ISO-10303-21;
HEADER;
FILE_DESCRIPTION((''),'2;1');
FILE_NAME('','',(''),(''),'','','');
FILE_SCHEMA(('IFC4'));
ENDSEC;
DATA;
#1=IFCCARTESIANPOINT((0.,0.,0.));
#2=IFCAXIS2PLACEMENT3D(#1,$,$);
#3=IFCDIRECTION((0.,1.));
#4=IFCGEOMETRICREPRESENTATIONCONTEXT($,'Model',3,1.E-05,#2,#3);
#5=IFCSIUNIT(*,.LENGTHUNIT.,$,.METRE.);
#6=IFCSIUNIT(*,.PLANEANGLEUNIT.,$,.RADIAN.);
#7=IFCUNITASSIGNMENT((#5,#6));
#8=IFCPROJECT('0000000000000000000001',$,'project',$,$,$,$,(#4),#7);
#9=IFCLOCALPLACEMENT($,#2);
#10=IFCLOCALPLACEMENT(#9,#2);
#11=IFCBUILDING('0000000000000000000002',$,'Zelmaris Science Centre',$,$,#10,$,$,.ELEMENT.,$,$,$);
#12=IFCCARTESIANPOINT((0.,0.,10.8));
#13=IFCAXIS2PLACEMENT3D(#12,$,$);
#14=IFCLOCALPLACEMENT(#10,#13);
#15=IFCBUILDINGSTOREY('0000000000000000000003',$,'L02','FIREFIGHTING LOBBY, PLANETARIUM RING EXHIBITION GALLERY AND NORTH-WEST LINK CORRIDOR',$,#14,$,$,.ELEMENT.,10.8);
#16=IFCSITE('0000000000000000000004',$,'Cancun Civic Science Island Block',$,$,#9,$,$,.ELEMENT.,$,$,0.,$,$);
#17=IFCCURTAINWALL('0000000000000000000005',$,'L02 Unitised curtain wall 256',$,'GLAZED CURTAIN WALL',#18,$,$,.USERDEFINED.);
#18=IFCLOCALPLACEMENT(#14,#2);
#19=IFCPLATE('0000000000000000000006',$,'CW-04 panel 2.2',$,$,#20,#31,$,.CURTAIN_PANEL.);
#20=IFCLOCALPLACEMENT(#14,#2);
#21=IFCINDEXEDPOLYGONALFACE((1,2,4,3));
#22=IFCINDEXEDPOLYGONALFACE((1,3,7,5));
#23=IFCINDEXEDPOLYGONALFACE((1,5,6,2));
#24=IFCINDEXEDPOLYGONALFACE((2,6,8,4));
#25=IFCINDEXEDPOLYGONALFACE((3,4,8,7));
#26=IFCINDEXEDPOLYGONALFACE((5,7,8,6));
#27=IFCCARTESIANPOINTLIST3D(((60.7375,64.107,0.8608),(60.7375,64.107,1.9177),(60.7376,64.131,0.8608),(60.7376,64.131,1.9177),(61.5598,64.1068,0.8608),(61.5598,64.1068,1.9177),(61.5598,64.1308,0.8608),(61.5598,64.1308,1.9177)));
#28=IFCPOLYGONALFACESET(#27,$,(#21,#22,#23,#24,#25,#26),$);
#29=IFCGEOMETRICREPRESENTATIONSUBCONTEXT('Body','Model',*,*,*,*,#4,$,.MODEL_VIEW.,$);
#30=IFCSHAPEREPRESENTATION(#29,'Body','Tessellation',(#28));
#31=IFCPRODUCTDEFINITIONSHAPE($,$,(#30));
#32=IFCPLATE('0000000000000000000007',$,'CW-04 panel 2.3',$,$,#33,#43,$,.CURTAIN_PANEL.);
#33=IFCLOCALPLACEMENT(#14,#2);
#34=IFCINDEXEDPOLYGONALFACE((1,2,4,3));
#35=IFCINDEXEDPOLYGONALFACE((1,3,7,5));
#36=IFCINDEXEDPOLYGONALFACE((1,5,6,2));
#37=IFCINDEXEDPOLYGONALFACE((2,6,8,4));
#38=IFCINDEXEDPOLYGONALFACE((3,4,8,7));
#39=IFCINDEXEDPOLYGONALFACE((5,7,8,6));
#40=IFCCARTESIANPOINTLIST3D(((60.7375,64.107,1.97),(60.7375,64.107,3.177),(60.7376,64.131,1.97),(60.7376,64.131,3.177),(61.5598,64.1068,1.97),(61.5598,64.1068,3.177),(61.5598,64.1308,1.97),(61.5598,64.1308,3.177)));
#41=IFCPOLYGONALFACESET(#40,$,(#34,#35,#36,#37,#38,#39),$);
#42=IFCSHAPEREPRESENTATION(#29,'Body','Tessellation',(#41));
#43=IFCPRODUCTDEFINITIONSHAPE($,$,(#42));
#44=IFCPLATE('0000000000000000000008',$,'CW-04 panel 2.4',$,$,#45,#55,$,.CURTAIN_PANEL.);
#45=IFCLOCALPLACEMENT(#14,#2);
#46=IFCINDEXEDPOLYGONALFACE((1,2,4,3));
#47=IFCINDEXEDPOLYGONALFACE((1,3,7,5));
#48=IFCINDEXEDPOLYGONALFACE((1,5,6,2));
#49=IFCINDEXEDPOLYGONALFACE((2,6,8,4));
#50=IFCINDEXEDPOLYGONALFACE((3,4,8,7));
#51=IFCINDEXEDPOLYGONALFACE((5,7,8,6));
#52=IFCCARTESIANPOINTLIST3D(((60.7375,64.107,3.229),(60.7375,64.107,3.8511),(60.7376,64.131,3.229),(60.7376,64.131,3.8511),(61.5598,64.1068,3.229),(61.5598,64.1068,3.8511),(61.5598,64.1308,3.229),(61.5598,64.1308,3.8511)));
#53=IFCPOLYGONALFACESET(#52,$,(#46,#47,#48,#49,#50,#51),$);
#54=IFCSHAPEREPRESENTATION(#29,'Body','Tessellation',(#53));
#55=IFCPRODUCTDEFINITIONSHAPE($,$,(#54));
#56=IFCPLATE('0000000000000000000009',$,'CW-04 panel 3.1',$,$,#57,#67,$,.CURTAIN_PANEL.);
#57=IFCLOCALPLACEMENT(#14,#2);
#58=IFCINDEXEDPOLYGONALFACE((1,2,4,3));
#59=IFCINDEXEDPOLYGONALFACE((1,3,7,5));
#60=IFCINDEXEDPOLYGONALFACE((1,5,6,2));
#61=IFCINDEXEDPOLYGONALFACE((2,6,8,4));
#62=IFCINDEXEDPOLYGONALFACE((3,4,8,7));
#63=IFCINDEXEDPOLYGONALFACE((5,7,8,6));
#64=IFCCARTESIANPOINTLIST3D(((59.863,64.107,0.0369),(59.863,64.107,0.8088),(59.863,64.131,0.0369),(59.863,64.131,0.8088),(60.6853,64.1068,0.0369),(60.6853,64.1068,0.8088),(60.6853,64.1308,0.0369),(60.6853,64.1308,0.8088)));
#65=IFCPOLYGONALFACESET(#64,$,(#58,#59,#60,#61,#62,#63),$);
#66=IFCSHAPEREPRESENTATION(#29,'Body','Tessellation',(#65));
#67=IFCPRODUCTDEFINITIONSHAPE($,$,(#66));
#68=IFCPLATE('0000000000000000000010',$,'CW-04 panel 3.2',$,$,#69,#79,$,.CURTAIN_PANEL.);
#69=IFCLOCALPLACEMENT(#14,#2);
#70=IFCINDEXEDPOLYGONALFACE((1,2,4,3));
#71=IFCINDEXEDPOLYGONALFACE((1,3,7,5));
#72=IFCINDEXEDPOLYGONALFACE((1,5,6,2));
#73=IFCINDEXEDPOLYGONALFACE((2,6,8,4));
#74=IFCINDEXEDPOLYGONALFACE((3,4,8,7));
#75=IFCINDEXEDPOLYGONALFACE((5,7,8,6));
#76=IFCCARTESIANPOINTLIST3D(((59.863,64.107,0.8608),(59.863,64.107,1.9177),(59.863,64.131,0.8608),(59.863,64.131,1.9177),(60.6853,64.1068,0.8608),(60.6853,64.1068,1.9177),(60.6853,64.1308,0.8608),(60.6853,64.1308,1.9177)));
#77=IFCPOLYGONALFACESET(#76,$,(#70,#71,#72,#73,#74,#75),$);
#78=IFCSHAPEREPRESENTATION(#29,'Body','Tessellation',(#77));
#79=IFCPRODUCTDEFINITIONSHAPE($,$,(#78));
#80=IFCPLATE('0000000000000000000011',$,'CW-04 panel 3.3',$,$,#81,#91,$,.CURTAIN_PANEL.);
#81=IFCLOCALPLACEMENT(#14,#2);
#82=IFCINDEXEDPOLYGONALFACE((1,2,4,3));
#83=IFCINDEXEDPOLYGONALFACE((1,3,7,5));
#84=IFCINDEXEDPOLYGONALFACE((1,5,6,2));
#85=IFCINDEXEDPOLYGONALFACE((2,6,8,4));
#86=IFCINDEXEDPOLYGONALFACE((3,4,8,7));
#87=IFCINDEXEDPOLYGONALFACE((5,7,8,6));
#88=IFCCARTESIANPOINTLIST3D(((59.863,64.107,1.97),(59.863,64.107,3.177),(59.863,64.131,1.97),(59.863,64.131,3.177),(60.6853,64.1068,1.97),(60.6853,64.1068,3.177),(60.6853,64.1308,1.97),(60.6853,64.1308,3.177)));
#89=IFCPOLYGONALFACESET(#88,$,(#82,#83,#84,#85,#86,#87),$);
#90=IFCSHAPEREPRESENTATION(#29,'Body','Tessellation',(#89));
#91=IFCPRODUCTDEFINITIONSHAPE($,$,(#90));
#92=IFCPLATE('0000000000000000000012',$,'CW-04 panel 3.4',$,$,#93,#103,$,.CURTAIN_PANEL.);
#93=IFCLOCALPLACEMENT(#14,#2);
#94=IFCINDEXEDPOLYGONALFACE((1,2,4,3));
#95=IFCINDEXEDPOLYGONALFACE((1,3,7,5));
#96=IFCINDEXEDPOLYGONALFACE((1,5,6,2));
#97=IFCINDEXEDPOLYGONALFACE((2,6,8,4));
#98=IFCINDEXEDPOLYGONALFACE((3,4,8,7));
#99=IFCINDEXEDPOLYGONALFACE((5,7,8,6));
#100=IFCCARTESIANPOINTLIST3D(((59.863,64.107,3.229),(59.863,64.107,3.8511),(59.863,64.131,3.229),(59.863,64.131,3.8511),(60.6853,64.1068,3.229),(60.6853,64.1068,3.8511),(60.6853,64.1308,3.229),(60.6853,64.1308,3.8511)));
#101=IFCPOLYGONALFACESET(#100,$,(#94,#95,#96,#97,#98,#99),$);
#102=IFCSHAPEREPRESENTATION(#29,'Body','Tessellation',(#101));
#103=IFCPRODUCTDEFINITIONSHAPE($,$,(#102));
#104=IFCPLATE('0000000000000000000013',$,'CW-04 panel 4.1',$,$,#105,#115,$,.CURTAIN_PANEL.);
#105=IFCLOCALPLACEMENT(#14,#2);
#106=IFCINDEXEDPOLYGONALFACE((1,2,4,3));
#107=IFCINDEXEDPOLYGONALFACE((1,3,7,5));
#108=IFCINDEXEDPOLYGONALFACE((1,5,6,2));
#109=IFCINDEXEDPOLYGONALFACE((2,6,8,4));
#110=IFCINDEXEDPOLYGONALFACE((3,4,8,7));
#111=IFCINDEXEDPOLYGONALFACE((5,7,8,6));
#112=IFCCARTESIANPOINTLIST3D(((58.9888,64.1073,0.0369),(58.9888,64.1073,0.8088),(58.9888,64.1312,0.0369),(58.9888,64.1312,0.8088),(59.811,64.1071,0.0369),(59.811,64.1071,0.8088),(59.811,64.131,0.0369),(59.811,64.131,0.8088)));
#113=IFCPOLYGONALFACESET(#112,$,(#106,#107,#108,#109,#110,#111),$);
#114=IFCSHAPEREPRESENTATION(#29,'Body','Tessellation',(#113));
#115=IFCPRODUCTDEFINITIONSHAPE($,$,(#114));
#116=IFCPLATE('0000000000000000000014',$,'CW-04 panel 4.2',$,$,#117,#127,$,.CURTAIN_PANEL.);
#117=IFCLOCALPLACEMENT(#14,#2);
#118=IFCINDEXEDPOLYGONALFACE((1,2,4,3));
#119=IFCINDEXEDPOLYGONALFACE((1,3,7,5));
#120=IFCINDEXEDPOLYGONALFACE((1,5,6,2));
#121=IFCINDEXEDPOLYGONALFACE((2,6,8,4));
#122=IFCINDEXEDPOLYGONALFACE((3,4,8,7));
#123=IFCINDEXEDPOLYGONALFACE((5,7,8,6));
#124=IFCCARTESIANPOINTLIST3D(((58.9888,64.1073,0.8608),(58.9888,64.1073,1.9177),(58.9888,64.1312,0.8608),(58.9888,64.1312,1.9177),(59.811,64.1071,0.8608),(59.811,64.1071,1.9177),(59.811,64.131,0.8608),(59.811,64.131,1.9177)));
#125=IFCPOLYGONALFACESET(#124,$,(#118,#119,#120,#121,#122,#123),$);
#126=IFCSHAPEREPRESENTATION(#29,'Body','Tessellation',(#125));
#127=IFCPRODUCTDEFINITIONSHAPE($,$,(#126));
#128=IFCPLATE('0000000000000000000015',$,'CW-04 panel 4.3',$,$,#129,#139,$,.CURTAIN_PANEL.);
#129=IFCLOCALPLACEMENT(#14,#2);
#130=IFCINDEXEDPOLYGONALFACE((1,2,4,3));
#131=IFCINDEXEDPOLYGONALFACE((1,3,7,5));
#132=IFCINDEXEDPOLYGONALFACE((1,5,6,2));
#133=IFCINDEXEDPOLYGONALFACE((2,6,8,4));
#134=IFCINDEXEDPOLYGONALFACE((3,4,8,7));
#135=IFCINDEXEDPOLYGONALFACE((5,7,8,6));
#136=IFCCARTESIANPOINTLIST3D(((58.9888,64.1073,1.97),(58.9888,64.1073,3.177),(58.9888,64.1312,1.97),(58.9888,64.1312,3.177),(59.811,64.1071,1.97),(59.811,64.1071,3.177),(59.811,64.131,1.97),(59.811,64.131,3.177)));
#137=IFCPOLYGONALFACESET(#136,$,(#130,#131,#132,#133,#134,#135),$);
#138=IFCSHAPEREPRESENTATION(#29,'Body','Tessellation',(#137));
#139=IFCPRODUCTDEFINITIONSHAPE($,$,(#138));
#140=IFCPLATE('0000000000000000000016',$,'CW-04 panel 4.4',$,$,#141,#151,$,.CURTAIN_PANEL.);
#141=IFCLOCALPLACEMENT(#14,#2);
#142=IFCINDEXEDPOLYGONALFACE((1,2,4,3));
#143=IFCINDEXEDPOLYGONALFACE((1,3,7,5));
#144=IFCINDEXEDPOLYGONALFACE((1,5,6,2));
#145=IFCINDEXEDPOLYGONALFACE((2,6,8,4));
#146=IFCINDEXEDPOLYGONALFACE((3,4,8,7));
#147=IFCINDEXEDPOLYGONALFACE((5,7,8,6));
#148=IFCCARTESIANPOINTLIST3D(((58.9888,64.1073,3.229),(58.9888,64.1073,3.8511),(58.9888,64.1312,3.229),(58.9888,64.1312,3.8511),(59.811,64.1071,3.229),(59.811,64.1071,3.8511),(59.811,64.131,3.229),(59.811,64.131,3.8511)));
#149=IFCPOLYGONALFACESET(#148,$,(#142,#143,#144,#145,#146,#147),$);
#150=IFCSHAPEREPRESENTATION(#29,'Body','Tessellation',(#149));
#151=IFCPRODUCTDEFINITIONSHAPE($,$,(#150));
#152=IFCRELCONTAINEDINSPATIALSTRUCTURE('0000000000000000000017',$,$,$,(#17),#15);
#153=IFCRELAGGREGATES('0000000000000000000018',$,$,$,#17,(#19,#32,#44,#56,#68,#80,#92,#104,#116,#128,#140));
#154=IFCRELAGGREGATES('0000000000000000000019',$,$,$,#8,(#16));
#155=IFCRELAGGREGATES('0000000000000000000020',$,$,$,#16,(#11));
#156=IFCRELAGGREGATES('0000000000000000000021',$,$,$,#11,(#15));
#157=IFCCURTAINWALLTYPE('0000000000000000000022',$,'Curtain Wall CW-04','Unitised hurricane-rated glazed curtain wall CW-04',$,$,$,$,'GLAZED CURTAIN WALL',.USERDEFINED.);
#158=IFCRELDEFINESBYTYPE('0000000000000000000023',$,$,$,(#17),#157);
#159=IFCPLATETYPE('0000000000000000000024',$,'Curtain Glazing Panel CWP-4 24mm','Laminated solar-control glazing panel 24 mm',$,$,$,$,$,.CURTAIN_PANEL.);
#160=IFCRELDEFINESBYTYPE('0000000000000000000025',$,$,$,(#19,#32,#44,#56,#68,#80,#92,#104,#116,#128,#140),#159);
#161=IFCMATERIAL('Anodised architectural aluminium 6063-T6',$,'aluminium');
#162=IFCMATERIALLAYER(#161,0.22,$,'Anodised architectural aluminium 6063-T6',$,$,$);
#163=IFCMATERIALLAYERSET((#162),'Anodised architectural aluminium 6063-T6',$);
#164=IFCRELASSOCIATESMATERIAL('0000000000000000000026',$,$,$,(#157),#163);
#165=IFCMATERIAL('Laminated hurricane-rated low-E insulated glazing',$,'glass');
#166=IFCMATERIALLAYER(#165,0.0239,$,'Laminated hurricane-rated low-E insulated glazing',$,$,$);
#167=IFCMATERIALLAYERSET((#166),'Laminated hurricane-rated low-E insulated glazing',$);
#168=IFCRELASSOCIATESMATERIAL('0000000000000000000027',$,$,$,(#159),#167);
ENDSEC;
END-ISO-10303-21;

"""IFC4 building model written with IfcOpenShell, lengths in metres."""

from ifc_helpers import new_model, si_unit, direction, frame, origin, origin_2d, place, context, subcontext, project, spatial, rectangle, extrude, material, layer, layer_set, type_object, element, aggregate, save


model = new_model("IFC4")

# Units and contexts
model_context = context("Model", 3, precision=1e-05, world=origin(), true_north=direction((0.0, 1.0)))
body_context = subcontext(model_context, "Body", "Model", "MODEL_VIEW")
ifc_project = project(units=[si_unit("LENGTHUNIT", "METRE"), si_unit("PLANEANGLEUNIT", "RADIAN")], contexts=[model_context])

# Site, building, storey
site_placement = place(None, origin())
site = spatial("IfcSite", under=ifc_project, at=site_placement, Name="Cancun Civic Science Island Block", CompositionType="ELEMENT", RefElevation=0.0)
building_placement = place(site_placement, origin())
building = spatial("IfcBuilding", under=site, at=building_placement, Name="Zelmaris Science Centre", CompositionType="ELEMENT")
storey_placement = place(building_placement, frame((0.0, 0.0, 10.8)))
storey = spatial("IfcBuildingStorey", under=building, at=storey_placement, Name="L02", Description="FIREFIGHTING LOBBY, PLANETARIUM RING EXHIBITION GALLERY AND NORTH-WEST LINK CORRIDOR", CompositionType="ELEMENT", Elevation=10.8)

# Curtain wall, plates
ifc_material_1 = material(Name="Anodised architectural aluminium 6063-T6", Category="aluminium")
ifc_layer_1 = layer(ifc_material_1, 0.22, Name="Anodised architectural aluminium 6063-T6")
ifc_layer_set_1 = layer_set([ifc_layer_1], Name="Anodised architectural aluminium 6063-T6")
curtain_wall_type = type_object("IfcCurtainWallType", Name="Curtain Wall CW-04", Description="Unitised hurricane-rated glazed curtain wall CW-04", ElementType="GLAZED CURTAIN WALL", PredefinedType="USERDEFINED", material=ifc_layer_set_1)
curtain_wall_placement = place(storey_placement, origin())
curtain_wall = element("IfcCurtainWall", 1, at=curtain_wall_placement, inside=storey, type_object=curtain_wall_type, Name="L02 Unitised curtain wall 256", ObjectType="GLAZED CURTAIN WALL", PredefinedType="USERDEFINED")
ifc_material_2 = material(Name="Laminated hurricane-rated low-E insulated glazing", Category="glass")
ifc_layer_2 = layer(ifc_material_2, 0.0239, Name="Laminated hurricane-rated low-E insulated glazing")
ifc_layer_set_2 = layer_set([ifc_layer_2], Name="Laminated hurricane-rated low-E insulated glazing")
plate_type = type_object("IfcPlateType", Name="Curtain Glazing Panel CWP-4 24mm", Description="Laminated solar-control glazing panel 24 mm", PredefinedType="CURTAIN_PANEL", material=ifc_layer_set_2)
plate_1_placement = place(storey_placement, frame((61.1487, 64.1189, 0.8608), z_axis=(0.0, 0.0, 1.0), x_axis=(-1.0, 0.000229, 0.0)))
plate_1 = element("IfcPlate", 2, at=plate_1_placement, type_object=plate_type, Name="CW-04 panel 2.2", PredefinedType="CURTAIN_PANEL", context=body_context, shape_type="SweptSolid", body=[
    extrude(rectangle(XDim=0.8223, YDim=0.0239, at=origin_2d()), origin(), (0.0, 0.0, 1.0), 1.0569),
])
plate_2_placement = place(storey_placement, frame((61.1487, 64.1189, 1.97), z_axis=(0.0, 0.0, 1.0), x_axis=(-1.0, 0.000229, 0.0)))
plate_2 = element("IfcPlate", 3, at=plate_2_placement, type_object=plate_type, Name="CW-04 panel 2.3", PredefinedType="CURTAIN_PANEL", context=body_context, shape_type="SweptSolid", body=[
    extrude(rectangle(XDim=0.8223, YDim=0.0239, at=origin_2d()), origin(), (0.0, 0.0, 1.0), 1.207),
])
plate_3_placement = place(storey_placement, frame((61.1487, 64.1189, 3.229), z_axis=(0.0, 0.0, 1.0), x_axis=(-1.0, 0.000229, 0.0)))
plate_3 = element("IfcPlate", 4, at=plate_3_placement, type_object=plate_type, Name="CW-04 panel 2.4", PredefinedType="CURTAIN_PANEL", context=body_context, shape_type="SweptSolid", body=[
    extrude(rectangle(XDim=0.8223, YDim=0.0239, at=origin_2d()), origin(), (0.0, 0.0, 1.0), 0.6221),
])
plate_4_placement = place(storey_placement, frame((60.2742, 64.1189, 0.0369), z_axis=(0.0, 0.0, 1.0), x_axis=(-1.0, 0.000229, 0.0)))
plate_4 = element("IfcPlate", 5, at=plate_4_placement, type_object=plate_type, Name="CW-04 panel 3.1", PredefinedType="CURTAIN_PANEL", context=body_context, shape_type="SweptSolid", body=[
    extrude(rectangle(XDim=0.8223, YDim=0.0239, at=origin_2d()), origin(), (0.0, 0.0, 1.0), 0.772),
])
plate_5_placement = place(storey_placement, frame((60.2742, 64.1189, 0.8608), z_axis=(0.0, 0.0, 1.0), x_axis=(-1.0, 0.000229, 0.0)))
plate_5 = element("IfcPlate", 6, at=plate_5_placement, type_object=plate_type, Name="CW-04 panel 3.2", PredefinedType="CURTAIN_PANEL", context=body_context, shape_type="SweptSolid", body=[
    extrude(rectangle(XDim=0.8223, YDim=0.0239, at=origin_2d()), origin(), (0.0, 0.0, 1.0), 1.0569),
])
plate_6_placement = place(storey_placement, frame((60.2742, 64.1189, 1.97), z_axis=(0.0, 0.0, 1.0), x_axis=(-1.0, 0.000229, 0.0)))
plate_6 = element("IfcPlate", 7, at=plate_6_placement, type_object=plate_type, Name="CW-04 panel 3.3", PredefinedType="CURTAIN_PANEL", context=body_context, shape_type="SweptSolid", body=[
    extrude(rectangle(XDim=0.8223, YDim=0.0239, at=origin_2d()), origin(), (0.0, 0.0, 1.0), 1.207),
])
plate_7_placement = place(storey_placement, frame((60.2742, 64.1189, 3.229), z_axis=(0.0, 0.0, 1.0), x_axis=(-1.0, 0.000229, 0.0)))
plate_7 = element("IfcPlate", 8, at=plate_7_placement, type_object=plate_type, Name="CW-04 panel 3.4", PredefinedType="CURTAIN_PANEL", context=body_context, shape_type="SweptSolid", body=[
    extrude(rectangle(XDim=0.8223, YDim=0.0239, at=origin_2d()), origin(), (0.0, 0.0, 1.0), 0.6221),
])
plate_8_placement = place(storey_placement, frame((59.3999, 64.1191, 0.0369), z_axis=(0.0, 0.0, 1.0), x_axis=(-1.0, 0.000229, 0.0)))
plate_8 = element("IfcPlate", 9, at=plate_8_placement, type_object=plate_type, Name="CW-04 panel 4.1", PredefinedType="CURTAIN_PANEL", context=body_context, shape_type="SweptSolid", body=[
    extrude(rectangle(XDim=0.8223, YDim=0.0239, at=origin_2d()), origin(), (0.0, 0.0, 1.0), 0.772),
])
plate_9_placement = place(storey_placement, frame((59.3999, 64.1191, 0.8608), z_axis=(0.0, 0.0, 1.0), x_axis=(-1.0, 0.000229, 0.0)))
plate_9 = element("IfcPlate", 10, at=plate_9_placement, type_object=plate_type, Name="CW-04 panel 4.2", PredefinedType="CURTAIN_PANEL", context=body_context, shape_type="SweptSolid", body=[
    extrude(rectangle(XDim=0.8223, YDim=0.0239, at=origin_2d()), origin(), (0.0, 0.0, 1.0), 1.0569),
])
plate_10_placement = place(storey_placement, frame((59.3999, 64.1191, 1.97), z_axis=(0.0, 0.0, 1.0), x_axis=(-1.0, 0.000229, 0.0)))
plate_10 = element("IfcPlate", 11, at=plate_10_placement, type_object=plate_type, Name="CW-04 panel 4.3", PredefinedType="CURTAIN_PANEL", context=body_context, shape_type="SweptSolid", body=[
    extrude(rectangle(XDim=0.8223, YDim=0.0239, at=origin_2d()), origin(), (0.0, 0.0, 1.0), 1.207),
])
plate_11_placement = place(storey_placement, frame((59.3999, 64.1191, 3.229), z_axis=(0.0, 0.0, 1.0), x_axis=(-1.0, 0.000229, 0.0)))
plate_11 = element("IfcPlate", 12, at=plate_11_placement, type_object=plate_type, Name="CW-04 panel 4.4", PredefinedType="CURTAIN_PANEL", context=body_context, shape_type="SweptSolid", body=[
    extrude(rectangle(XDim=0.8223, YDim=0.0239, at=origin_2d()), origin(), (0.0, 0.0, 1.0), 0.6221),
])
aggregate(curtain_wall, [plate_1, plate_2, plate_3, plate_4, plate_5, plate_6, plate_7, plate_8, plate_9, plate_10, plate_11])

save(model, "model.ifc")
